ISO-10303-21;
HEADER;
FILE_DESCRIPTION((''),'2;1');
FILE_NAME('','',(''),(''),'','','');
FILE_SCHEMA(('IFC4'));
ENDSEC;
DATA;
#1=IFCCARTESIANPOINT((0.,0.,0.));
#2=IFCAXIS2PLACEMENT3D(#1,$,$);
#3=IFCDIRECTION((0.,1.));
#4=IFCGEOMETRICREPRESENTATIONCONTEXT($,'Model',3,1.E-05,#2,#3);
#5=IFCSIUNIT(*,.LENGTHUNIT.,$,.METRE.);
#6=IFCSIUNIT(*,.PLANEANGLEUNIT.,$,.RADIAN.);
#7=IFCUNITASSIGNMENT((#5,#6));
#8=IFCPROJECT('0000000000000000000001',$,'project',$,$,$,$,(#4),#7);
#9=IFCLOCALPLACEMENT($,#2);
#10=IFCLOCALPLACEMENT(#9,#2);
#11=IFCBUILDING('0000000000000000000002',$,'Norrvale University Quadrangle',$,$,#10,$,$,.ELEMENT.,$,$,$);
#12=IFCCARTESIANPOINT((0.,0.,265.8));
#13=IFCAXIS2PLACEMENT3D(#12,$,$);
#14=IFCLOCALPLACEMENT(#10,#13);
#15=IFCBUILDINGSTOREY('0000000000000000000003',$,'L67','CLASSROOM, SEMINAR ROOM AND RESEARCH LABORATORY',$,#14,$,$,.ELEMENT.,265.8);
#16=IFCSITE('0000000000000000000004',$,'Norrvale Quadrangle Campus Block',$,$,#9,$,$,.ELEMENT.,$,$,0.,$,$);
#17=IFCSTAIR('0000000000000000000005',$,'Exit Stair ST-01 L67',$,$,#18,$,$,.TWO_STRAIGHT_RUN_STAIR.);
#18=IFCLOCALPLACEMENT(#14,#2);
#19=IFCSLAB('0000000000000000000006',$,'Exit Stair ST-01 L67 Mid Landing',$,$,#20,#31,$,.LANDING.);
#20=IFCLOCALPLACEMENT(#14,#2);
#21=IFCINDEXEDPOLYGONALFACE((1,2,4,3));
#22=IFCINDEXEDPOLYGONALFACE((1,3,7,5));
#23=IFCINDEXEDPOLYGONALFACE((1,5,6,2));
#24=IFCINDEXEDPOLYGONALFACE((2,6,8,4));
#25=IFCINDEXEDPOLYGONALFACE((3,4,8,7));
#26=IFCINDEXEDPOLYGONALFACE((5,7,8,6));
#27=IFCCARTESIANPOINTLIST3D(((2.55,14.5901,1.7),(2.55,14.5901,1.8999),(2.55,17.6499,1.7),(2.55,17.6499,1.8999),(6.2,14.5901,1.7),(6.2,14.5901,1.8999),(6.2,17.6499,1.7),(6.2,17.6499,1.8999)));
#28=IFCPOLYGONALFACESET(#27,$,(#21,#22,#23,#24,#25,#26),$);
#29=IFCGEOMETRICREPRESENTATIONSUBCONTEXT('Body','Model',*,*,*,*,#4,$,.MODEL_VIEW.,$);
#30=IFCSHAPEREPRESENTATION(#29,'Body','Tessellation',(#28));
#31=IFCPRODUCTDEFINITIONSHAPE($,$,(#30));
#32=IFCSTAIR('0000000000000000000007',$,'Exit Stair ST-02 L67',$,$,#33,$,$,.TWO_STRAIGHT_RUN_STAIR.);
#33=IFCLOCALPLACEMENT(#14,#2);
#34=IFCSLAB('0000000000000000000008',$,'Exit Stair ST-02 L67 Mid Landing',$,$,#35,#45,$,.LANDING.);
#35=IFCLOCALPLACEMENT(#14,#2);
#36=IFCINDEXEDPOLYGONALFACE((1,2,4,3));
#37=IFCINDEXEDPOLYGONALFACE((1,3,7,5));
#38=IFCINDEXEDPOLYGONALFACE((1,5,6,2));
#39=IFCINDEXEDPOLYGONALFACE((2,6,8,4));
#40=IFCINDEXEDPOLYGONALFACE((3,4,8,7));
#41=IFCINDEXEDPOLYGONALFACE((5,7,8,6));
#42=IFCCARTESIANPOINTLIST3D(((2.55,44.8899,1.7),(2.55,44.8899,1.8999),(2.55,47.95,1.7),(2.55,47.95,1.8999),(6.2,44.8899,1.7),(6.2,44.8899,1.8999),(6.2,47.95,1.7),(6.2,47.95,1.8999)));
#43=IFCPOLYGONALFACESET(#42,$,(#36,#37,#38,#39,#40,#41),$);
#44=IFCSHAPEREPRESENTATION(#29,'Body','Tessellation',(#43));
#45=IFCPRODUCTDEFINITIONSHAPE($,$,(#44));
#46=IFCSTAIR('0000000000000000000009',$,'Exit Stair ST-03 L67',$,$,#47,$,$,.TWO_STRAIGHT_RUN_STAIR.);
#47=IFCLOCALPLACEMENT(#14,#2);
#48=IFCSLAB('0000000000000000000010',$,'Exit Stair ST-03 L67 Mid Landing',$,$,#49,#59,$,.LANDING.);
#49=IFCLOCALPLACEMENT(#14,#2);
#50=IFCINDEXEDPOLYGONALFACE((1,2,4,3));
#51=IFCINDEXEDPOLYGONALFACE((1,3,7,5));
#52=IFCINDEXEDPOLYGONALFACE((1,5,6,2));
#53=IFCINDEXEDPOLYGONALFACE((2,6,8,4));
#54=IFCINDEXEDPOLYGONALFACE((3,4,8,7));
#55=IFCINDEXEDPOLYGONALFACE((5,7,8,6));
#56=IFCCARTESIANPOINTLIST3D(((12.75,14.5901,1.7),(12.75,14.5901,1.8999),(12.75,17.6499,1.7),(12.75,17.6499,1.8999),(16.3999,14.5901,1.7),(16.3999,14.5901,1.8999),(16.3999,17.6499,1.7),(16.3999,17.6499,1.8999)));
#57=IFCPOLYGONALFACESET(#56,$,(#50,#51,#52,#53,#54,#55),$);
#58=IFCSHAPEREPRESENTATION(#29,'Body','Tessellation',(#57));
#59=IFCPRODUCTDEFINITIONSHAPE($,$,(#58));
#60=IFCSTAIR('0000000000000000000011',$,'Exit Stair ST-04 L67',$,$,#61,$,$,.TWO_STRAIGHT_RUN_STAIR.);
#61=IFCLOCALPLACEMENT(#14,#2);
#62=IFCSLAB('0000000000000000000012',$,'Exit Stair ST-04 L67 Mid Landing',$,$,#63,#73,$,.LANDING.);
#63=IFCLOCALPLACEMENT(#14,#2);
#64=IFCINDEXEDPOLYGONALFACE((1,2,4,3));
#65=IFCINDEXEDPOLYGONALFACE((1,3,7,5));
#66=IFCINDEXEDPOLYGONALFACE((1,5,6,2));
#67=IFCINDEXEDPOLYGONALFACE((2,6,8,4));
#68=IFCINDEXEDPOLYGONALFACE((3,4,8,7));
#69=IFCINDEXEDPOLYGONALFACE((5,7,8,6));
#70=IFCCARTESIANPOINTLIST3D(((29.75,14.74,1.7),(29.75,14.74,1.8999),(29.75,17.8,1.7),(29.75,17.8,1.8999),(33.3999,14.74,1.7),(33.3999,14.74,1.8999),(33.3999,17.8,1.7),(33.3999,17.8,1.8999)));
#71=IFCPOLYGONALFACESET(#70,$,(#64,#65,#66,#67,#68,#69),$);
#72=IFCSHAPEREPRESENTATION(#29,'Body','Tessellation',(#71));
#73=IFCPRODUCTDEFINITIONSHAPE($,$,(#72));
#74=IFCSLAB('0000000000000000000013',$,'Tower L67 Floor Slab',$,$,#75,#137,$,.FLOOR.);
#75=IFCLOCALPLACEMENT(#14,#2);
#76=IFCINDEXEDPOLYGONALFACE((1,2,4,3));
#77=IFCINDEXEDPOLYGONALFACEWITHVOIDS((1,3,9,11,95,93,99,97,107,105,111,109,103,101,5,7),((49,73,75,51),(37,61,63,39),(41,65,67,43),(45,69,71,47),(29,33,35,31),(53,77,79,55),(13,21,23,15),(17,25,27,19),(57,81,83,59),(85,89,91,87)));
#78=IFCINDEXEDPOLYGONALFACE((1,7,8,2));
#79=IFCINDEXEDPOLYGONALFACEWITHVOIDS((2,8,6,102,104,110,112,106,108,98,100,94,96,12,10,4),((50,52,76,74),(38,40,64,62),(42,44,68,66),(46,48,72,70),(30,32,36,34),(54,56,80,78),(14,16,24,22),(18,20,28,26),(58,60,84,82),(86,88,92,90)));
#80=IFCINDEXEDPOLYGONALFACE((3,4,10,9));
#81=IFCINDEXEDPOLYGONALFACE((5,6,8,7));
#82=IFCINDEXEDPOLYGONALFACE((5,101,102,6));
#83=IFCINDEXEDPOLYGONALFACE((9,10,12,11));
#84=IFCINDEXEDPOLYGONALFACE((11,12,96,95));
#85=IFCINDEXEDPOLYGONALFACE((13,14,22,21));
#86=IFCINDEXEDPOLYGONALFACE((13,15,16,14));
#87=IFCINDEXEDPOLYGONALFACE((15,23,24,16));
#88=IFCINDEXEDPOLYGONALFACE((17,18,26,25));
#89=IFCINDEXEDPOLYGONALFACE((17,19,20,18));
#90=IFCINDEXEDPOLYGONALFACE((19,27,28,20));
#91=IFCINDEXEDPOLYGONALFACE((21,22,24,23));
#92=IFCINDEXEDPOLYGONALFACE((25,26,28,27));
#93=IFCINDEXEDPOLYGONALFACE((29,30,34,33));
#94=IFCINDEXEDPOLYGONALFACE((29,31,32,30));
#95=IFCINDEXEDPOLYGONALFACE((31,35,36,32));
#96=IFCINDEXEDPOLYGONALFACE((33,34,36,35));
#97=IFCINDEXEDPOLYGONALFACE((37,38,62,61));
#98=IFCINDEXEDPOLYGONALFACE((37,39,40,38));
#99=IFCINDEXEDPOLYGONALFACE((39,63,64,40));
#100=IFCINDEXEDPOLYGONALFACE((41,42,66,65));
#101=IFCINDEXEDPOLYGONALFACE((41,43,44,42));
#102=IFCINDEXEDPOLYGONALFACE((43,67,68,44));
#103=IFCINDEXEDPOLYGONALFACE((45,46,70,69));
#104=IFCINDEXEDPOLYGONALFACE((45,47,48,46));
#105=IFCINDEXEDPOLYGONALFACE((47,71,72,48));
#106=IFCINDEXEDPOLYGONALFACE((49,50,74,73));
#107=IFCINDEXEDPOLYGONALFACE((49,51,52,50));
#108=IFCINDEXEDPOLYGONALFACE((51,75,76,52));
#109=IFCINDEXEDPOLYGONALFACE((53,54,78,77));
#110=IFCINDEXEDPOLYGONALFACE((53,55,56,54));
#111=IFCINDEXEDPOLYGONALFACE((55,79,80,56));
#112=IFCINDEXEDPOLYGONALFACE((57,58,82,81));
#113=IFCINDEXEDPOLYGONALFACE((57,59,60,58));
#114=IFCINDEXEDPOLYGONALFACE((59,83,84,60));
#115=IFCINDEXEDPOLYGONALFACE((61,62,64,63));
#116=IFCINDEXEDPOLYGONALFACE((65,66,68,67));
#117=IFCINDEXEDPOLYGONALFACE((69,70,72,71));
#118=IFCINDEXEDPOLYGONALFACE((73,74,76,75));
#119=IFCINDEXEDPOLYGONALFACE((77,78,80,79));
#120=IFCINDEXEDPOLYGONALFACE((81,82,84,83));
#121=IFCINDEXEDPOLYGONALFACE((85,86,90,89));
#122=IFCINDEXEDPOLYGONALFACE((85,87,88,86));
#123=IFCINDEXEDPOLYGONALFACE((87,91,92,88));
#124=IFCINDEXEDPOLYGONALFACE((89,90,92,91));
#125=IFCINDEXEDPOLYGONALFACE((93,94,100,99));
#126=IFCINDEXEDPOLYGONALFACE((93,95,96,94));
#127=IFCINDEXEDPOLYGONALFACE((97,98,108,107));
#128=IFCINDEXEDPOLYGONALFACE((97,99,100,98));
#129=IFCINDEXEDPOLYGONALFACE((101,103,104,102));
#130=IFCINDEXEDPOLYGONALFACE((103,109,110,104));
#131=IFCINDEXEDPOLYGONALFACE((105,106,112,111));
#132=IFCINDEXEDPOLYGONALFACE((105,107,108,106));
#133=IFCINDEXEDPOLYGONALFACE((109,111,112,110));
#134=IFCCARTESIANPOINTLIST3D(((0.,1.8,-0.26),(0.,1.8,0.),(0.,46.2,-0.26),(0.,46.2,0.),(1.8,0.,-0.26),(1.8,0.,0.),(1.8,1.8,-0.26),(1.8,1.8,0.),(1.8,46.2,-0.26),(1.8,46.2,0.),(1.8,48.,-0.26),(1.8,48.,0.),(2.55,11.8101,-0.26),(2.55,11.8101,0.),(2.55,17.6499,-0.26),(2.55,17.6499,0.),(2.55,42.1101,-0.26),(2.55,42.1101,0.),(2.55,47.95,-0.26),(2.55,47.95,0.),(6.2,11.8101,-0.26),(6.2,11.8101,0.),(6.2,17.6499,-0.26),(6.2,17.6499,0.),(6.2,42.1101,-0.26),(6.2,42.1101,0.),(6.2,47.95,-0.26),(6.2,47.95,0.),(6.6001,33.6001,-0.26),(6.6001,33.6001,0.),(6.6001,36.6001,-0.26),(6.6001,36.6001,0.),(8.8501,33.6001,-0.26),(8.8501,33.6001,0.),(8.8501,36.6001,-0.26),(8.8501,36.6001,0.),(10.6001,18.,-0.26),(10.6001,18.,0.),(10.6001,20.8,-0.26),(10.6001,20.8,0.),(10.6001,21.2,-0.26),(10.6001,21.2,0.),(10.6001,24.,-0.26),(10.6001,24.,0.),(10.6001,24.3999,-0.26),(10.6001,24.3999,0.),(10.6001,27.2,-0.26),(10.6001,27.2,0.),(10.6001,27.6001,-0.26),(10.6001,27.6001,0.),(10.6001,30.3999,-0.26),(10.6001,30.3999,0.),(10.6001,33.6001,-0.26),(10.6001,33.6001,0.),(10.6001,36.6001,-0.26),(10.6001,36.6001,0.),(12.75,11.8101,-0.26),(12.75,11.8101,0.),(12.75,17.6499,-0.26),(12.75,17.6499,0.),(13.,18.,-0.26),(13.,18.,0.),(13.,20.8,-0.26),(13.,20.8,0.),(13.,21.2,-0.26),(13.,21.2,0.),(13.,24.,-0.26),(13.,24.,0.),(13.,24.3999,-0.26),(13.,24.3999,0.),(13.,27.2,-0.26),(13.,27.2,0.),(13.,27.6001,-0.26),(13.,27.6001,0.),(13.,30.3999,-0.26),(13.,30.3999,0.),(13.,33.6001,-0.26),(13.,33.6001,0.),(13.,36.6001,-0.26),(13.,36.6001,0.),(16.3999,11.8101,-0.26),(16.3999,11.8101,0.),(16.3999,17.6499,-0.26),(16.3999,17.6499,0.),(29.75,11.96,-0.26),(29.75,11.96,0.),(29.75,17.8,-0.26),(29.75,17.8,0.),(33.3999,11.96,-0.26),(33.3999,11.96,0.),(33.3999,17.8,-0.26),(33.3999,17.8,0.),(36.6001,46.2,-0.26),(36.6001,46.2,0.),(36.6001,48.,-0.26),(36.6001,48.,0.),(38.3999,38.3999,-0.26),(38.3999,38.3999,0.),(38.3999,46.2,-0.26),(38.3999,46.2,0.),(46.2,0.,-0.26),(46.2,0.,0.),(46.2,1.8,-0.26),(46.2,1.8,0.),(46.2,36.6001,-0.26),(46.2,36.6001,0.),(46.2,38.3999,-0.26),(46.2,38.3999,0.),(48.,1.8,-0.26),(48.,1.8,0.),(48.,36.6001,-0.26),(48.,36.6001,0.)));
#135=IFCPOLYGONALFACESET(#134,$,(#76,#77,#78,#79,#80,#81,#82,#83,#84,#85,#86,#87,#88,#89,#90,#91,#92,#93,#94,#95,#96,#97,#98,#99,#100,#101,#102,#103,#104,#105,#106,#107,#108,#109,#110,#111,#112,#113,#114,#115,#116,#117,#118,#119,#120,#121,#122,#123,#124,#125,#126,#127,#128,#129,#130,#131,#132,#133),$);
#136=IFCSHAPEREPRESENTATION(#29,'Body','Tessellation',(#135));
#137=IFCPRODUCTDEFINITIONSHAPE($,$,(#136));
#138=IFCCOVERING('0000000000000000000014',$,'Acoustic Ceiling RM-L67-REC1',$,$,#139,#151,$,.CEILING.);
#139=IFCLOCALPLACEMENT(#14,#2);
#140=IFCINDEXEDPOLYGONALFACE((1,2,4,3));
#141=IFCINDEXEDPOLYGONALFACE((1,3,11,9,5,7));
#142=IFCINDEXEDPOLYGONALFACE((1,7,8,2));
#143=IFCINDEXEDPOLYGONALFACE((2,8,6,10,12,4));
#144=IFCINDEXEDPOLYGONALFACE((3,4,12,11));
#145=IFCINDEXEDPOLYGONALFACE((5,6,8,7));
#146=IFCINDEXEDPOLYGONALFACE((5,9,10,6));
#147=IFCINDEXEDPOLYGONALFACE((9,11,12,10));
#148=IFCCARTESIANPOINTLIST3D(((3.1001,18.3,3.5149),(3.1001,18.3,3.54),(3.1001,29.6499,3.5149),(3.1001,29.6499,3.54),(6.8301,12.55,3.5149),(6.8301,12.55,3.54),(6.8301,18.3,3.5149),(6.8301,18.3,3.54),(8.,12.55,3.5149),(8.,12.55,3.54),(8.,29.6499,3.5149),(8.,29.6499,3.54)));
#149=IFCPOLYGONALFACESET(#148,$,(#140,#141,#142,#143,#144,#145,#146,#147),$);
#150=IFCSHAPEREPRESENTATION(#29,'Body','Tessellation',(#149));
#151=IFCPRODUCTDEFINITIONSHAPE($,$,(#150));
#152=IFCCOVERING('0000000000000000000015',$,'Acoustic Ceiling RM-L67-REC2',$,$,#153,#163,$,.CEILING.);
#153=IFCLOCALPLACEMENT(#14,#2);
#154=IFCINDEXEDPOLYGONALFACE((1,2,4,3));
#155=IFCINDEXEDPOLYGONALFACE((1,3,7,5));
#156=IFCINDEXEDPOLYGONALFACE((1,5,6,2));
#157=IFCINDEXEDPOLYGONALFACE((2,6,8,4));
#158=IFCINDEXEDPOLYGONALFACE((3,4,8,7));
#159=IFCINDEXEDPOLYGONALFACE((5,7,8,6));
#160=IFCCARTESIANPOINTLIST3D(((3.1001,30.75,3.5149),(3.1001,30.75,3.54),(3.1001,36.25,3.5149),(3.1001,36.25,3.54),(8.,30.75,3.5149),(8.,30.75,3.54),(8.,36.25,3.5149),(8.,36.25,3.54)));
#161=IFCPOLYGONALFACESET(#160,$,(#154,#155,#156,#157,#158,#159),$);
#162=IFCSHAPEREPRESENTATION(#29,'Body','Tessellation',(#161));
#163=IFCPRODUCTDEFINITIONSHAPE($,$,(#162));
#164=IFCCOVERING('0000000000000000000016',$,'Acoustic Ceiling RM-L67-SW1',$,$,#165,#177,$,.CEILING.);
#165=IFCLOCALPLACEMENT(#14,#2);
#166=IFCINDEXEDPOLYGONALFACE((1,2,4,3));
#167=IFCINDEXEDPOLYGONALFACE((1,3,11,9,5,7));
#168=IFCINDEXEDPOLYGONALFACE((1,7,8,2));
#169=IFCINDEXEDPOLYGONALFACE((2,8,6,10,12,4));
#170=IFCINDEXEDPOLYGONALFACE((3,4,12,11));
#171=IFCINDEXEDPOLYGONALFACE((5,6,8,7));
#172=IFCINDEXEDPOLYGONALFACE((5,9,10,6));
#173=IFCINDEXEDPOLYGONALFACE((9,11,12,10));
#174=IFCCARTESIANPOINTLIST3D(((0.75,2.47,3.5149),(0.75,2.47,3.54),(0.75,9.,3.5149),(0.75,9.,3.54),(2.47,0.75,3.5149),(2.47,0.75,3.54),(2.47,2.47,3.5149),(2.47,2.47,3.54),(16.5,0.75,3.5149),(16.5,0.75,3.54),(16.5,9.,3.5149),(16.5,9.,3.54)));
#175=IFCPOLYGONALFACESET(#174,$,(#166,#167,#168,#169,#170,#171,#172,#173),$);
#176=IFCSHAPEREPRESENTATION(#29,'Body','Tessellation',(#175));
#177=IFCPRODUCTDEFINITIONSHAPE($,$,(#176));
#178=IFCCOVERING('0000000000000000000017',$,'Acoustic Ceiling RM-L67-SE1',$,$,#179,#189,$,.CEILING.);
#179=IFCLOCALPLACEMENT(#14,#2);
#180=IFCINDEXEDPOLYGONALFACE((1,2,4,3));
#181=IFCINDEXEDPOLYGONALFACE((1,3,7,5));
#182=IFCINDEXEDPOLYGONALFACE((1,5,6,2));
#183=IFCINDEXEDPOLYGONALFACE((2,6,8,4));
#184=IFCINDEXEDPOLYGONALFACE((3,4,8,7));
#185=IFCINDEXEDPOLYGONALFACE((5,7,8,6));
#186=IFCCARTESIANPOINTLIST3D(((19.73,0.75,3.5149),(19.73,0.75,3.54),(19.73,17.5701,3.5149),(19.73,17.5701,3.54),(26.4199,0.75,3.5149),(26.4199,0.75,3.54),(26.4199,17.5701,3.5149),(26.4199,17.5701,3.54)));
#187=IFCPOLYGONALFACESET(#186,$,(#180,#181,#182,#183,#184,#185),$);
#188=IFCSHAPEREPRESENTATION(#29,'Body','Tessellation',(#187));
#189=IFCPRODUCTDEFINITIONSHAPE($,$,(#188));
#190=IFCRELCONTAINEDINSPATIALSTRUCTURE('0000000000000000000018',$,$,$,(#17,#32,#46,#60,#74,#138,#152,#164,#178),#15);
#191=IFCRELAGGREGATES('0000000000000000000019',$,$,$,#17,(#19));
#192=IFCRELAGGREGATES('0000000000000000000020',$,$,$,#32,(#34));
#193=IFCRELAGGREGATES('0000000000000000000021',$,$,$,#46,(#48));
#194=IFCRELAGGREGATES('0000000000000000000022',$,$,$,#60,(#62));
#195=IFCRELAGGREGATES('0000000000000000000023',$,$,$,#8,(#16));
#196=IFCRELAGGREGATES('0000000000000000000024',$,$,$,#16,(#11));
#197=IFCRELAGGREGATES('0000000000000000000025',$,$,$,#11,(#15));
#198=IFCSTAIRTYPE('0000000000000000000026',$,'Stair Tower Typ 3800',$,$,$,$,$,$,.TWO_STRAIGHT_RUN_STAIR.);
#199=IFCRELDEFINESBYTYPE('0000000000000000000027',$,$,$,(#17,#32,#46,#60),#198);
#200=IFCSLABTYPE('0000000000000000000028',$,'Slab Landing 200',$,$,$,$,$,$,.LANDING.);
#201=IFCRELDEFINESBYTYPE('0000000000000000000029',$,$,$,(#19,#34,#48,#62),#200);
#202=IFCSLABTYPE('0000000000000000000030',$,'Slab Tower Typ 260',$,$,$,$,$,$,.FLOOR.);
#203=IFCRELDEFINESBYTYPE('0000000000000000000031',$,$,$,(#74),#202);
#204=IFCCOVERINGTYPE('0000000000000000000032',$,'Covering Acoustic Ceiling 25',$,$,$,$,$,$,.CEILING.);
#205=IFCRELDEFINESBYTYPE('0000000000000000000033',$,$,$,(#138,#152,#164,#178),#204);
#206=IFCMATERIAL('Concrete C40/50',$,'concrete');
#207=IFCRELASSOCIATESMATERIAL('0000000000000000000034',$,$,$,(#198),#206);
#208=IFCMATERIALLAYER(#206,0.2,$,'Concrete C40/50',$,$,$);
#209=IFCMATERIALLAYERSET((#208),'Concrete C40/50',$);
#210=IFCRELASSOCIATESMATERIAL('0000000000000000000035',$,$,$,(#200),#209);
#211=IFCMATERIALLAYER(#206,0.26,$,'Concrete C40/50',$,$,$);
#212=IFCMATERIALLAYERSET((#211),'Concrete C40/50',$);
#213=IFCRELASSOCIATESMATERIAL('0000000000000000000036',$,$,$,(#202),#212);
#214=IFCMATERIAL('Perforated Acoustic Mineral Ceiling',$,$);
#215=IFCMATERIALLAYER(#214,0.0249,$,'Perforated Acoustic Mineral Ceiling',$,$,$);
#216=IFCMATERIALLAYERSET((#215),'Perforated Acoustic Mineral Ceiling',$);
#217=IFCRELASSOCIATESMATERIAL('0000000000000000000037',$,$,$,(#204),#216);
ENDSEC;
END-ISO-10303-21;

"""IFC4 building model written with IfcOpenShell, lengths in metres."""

from ifc_helpers import new_model, si_unit, direction, frame, origin, place, context, subcontext, project, spatial, polyline, outline, extrude, material, layer, layer_set, type_object, element, aggregate, save


model = new_model("IFC4")

# Units and contexts
model_context = context("Model", 3, precision=1e-05, world=origin(), true_north=direction((0.0, 1.0)))
body_context = subcontext(model_context, "Body", "Model", "MODEL_VIEW")
ifc_project = project(units=[si_unit("LENGTHUNIT", "METRE"), si_unit("PLANEANGLEUNIT", "RADIAN")], contexts=[model_context])

# Site, building, storey
site_placement = place(None, origin())
site = spatial("IfcSite", under=ifc_project, at=site_placement, Name="Norrvale Quadrangle Campus Block", CompositionType="ELEMENT", RefElevation=0.0)
building_placement = place(site_placement, origin())
building = spatial("IfcBuilding", under=site, at=building_placement, Name="Norrvale University Quadrangle", CompositionType="ELEMENT")
storey_placement = place(building_placement, frame((0.0, 0.0, 265.8)))
storey = spatial("IfcBuildingStorey", under=building, at=storey_placement, Name="L67", Description="CLASSROOM, SEMINAR ROOM AND RESEARCH LABORATORY", CompositionType="ELEMENT", Elevation=265.8)

# Stairs, slabs
ifc_material_1 = material(Name="Concrete C40/50", Category="concrete")
stair_type = type_object("IfcStairType", Name="Stair Tower Typ 3800", PredefinedType="TWO_STRAIGHT_RUN_STAIR", material=ifc_material_1)
stair_1_placement = place(storey_placement, origin())
stair_1 = element("IfcStair", 1, at=stair_1_placement, inside=storey, type_object=stair_type, Name="Exit Stair ST-01 L67", PredefinedType="TWO_STRAIGHT_RUN_STAIR")
ifc_layer_1 = layer(ifc_material_1, 0.2, Name="Concrete C40/50")
ifc_layer_set_1 = layer_set([ifc_layer_1], Name="Concrete C40/50")
slab_type_1 = type_object("IfcSlabType", Name="Slab Landing 200", PredefinedType="LANDING", material=ifc_layer_set_1)
slab_1_placement = place(storey_placement, frame((0.0, 0.0, 1.7)))
slab_1 = element("IfcSlab", 2, at=slab_1_placement, type_object=slab_type_1, Name="Exit Stair ST-01 L67 Mid Landing", PredefinedType="LANDING", context=body_context, shape_type="SweptSolid", body=[
    extrude(outline(polyline([(2.55, 14.5901), (6.2, 14.5901), (6.2, 17.6499), (2.55, 17.6499), (2.55, 14.5901)])), origin(), (0.0, 0.0, 1.0), 0.2),
])
aggregate(stair_1, [slab_1])
stair_2_placement = place(storey_placement, origin())
stair_2 = element("IfcStair", 3, at=stair_2_placement, inside=storey, type_object=stair_type, Name="Exit Stair ST-02 L67", PredefinedType="TWO_STRAIGHT_RUN_STAIR")
slab_2_placement = place(storey_placement, frame((0.0, 0.0, 1.7)))
slab_2 = element("IfcSlab", 4, at=slab_2_placement, type_object=slab_type_1, Name="Exit Stair ST-02 L67 Mid Landing", PredefinedType="LANDING", context=body_context, shape_type="SweptSolid", body=[
    extrude(outline(polyline([(2.55, 44.8899), (6.2, 44.8899), (6.2, 47.95), (2.55, 47.95), (2.55, 44.8899)])), origin(), (0.0, 0.0, 1.0), 0.2),
])
aggregate(stair_2, [slab_2])
stair_3_placement = place(storey_placement, origin())
stair_3 = element("IfcStair", 5, at=stair_3_placement, inside=storey, type_object=stair_type, Name="Exit Stair ST-03 L67", PredefinedType="TWO_STRAIGHT_RUN_STAIR")
slab_3_placement = place(storey_placement, frame((0.0, 0.0, 1.7)))
slab_3 = element("IfcSlab", 6, at=slab_3_placement, type_object=slab_type_1, Name="Exit Stair ST-03 L67 Mid Landing", PredefinedType="LANDING", context=body_context, shape_type="SweptSolid", body=[
    extrude(outline(polyline([(12.75, 14.5901), (16.3999, 14.5901), (16.3999, 17.6499), (12.75, 17.6499), (12.75, 14.5901)])), origin(), (0.0, 0.0, 1.0), 0.2),
])
aggregate(stair_3, [slab_3])
stair_4_placement = place(storey_placement, origin())
stair_4 = element("IfcStair", 7, at=stair_4_placement, inside=storey, type_object=stair_type, Name="Exit Stair ST-04 L67", PredefinedType="TWO_STRAIGHT_RUN_STAIR")
slab_4_placement = place(storey_placement, frame((0.0, 0.0, 1.7)))
slab_4 = element("IfcSlab", 8, at=slab_4_placement, type_object=slab_type_1, Name="Exit Stair ST-04 L67 Mid Landing", PredefinedType="LANDING", context=body_context, shape_type="SweptSolid", body=[
    extrude(outline(polyline([(29.75, 14.74), (33.3999, 14.74), (33.3999, 17.8), (29.75, 17.8), (29.75, 14.74)])), origin(), (0.0, 0.0, 1.0), 0.2),
])
aggregate(stair_4, [slab_4])

# Slab
ifc_layer_2 = layer(ifc_material_1, 0.26, Name="Concrete C40/50")
ifc_layer_set_2 = layer_set([ifc_layer_2], Name="Concrete C40/50")
slab_type_2 = type_object("IfcSlabType", Name="Slab Tower Typ 260", PredefinedType="FLOOR", material=ifc_layer_set_2)
slab_5_placement = place(storey_placement, frame((0.0, 0.0, -0.26)))
element("IfcSlab", 9, at=slab_5_placement, inside=storey, type_object=slab_type_2, Name="Tower L67 Floor Slab", PredefinedType="FLOOR", context=body_context, shape_type="SweptSolid", body=[
    extrude(outline(polyline([(1.8, 0.0), (46.2, 0.0), (46.2, 1.8), (48.0, 1.8), (48.0, 36.6001), (46.2, 36.6001), (46.2, 38.3999), (38.3999, 38.3999), (38.3999, 46.2), (36.6001, 46.2), (36.6001, 48.0), (1.8, 48.0), (1.8, 46.2), (0.0, 46.2), (0.0, 1.8), (1.8, 1.8), (1.8, 0.0)]), holes=[polyline([(2.55, 11.8101), (6.2, 11.8101), (6.2, 17.6499), (2.55, 17.6499), (2.55, 11.8101)]), polyline([(2.55, 42.1101), (6.2, 42.1101), (6.2, 47.95), (2.55, 47.95), (2.55, 42.1101)]), polyline([(12.75, 11.8101), (16.3999, 11.8101), (16.3999, 17.6499), (12.75, 17.6499), (12.75, 11.8101)]), polyline([(29.75, 11.96), (33.3999, 11.96), (33.3999, 17.8), (29.75, 17.8), (29.75, 11.96)]), polyline([(10.6001, 18.0), (13.0, 18.0), (13.0, 20.8), (10.6001, 20.8), (10.6001, 18.0)]), polyline([(10.6001, 21.2), (13.0, 21.2), (13.0, 24.0), (10.6001, 24.0), (10.6001, 21.2)]), polyline([(10.6001, 24.3999), (13.0, 24.3999), (13.0, 27.2), (10.6001, 27.2), (10.6001, 24.3999)]), polyline([(10.6001, 27.6001), (13.0, 27.6001), (13.0, 30.3999), (10.6001, 30.3999), (10.6001, 27.6001)]), polyline([(6.6001, 33.6001), (8.8501, 33.6001), (8.8501, 36.6001), (6.6001, 36.6001), (6.6001, 33.6001)]), polyline([(10.6001, 33.6001), (13.0, 33.6001), (13.0, 36.6001), (10.6001, 36.6001), (10.6001, 33.6001)])]), origin(), (0.0, 0.0, 1.0), 0.26),
])

# Coverings
ifc_material_2 = material(Name="Perforated Acoustic Mineral Ceiling")
ifc_layer_3 = layer(ifc_material_2, 0.0249, Name="Perforated Acoustic Mineral Ceiling")
ifc_layer_set_3 = layer_set([ifc_layer_3], Name="Perforated Acoustic Mineral Ceiling")
covering_type_1 = type_object("IfcCoveringType", Name="Covering Acoustic Ceiling 25", PredefinedType="CEILING", material=ifc_layer_set_3)
covering_1_placement = place(storey_placement, frame((0.0, 0.0, 3.5149)))
element("IfcCovering", 10, at=covering_1_placement, inside=storey, type_object=covering_type_1, Name="Acoustic Ceiling RM-L67-REC1", PredefinedType="CEILING", context=body_context, shape_type="SweptSolid", body=[
    extrude(outline(polyline([(3.1001, 18.3), (3.1001, 29.6499), (8.0, 29.6499), (8.0, 12.55), (6.8301, 12.55), (6.8301, 18.3), (3.1001, 18.3)])), origin(), (0.0, 0.0, 1.0), 0.0251),
])
covering_2_placement = place(storey_placement, frame((0.0, 0.0, 3.5149)))
element("IfcCovering", 11, at=covering_2_placement, inside=storey, type_object=covering_type_1, Name="Acoustic Ceiling RM-L67-REC2", PredefinedType="CEILING", context=body_context, shape_type="SweptSolid", body=[
    extrude(outline(polyline([(3.1001, 30.75), (3.1001, 36.25), (8.0, 36.25), (8.0, 30.75), (3.1001, 30.75)])), origin(), (0.0, 0.0, 1.0), 0.0251),
])
covering_3_placement = place(storey_placement, frame((0.0, 0.0, 3.5149)))
element("IfcCovering", 12, at=covering_3_placement, inside=storey, type_object=covering_type_1, Name="Acoustic Ceiling RM-L67-SW1", PredefinedType="CEILING", context=body_context, shape_type="SweptSolid", body=[
    extrude(outline(polyline([(0.75, 9.0), (16.5, 9.0), (16.5, 0.75), (2.47, 0.75), (2.47, 2.47), (0.75, 2.47), (0.75, 9.0)])), origin(), (0.0, 0.0, 1.0), 0.0251),
])
covering_4_placement = place(storey_placement, frame((0.0, 0.0, 3.5149)))
element("IfcCovering", 13, at=covering_4_placement, inside=storey, type_object=covering_type_1, Name="Acoustic Ceiling RM-L67-SE1", PredefinedType="CEILING", context=body_context, shape_type="SweptSolid", body=[
    extrude(outline(polyline([(19.73, 17.5701), (26.4199, 17.5701), (26.4199, 0.75), (19.73, 0.75), (19.73, 17.5701)])), origin(), (0.0, 0.0, 1.0), 0.0251),
])

save(model, "model.ifc")
